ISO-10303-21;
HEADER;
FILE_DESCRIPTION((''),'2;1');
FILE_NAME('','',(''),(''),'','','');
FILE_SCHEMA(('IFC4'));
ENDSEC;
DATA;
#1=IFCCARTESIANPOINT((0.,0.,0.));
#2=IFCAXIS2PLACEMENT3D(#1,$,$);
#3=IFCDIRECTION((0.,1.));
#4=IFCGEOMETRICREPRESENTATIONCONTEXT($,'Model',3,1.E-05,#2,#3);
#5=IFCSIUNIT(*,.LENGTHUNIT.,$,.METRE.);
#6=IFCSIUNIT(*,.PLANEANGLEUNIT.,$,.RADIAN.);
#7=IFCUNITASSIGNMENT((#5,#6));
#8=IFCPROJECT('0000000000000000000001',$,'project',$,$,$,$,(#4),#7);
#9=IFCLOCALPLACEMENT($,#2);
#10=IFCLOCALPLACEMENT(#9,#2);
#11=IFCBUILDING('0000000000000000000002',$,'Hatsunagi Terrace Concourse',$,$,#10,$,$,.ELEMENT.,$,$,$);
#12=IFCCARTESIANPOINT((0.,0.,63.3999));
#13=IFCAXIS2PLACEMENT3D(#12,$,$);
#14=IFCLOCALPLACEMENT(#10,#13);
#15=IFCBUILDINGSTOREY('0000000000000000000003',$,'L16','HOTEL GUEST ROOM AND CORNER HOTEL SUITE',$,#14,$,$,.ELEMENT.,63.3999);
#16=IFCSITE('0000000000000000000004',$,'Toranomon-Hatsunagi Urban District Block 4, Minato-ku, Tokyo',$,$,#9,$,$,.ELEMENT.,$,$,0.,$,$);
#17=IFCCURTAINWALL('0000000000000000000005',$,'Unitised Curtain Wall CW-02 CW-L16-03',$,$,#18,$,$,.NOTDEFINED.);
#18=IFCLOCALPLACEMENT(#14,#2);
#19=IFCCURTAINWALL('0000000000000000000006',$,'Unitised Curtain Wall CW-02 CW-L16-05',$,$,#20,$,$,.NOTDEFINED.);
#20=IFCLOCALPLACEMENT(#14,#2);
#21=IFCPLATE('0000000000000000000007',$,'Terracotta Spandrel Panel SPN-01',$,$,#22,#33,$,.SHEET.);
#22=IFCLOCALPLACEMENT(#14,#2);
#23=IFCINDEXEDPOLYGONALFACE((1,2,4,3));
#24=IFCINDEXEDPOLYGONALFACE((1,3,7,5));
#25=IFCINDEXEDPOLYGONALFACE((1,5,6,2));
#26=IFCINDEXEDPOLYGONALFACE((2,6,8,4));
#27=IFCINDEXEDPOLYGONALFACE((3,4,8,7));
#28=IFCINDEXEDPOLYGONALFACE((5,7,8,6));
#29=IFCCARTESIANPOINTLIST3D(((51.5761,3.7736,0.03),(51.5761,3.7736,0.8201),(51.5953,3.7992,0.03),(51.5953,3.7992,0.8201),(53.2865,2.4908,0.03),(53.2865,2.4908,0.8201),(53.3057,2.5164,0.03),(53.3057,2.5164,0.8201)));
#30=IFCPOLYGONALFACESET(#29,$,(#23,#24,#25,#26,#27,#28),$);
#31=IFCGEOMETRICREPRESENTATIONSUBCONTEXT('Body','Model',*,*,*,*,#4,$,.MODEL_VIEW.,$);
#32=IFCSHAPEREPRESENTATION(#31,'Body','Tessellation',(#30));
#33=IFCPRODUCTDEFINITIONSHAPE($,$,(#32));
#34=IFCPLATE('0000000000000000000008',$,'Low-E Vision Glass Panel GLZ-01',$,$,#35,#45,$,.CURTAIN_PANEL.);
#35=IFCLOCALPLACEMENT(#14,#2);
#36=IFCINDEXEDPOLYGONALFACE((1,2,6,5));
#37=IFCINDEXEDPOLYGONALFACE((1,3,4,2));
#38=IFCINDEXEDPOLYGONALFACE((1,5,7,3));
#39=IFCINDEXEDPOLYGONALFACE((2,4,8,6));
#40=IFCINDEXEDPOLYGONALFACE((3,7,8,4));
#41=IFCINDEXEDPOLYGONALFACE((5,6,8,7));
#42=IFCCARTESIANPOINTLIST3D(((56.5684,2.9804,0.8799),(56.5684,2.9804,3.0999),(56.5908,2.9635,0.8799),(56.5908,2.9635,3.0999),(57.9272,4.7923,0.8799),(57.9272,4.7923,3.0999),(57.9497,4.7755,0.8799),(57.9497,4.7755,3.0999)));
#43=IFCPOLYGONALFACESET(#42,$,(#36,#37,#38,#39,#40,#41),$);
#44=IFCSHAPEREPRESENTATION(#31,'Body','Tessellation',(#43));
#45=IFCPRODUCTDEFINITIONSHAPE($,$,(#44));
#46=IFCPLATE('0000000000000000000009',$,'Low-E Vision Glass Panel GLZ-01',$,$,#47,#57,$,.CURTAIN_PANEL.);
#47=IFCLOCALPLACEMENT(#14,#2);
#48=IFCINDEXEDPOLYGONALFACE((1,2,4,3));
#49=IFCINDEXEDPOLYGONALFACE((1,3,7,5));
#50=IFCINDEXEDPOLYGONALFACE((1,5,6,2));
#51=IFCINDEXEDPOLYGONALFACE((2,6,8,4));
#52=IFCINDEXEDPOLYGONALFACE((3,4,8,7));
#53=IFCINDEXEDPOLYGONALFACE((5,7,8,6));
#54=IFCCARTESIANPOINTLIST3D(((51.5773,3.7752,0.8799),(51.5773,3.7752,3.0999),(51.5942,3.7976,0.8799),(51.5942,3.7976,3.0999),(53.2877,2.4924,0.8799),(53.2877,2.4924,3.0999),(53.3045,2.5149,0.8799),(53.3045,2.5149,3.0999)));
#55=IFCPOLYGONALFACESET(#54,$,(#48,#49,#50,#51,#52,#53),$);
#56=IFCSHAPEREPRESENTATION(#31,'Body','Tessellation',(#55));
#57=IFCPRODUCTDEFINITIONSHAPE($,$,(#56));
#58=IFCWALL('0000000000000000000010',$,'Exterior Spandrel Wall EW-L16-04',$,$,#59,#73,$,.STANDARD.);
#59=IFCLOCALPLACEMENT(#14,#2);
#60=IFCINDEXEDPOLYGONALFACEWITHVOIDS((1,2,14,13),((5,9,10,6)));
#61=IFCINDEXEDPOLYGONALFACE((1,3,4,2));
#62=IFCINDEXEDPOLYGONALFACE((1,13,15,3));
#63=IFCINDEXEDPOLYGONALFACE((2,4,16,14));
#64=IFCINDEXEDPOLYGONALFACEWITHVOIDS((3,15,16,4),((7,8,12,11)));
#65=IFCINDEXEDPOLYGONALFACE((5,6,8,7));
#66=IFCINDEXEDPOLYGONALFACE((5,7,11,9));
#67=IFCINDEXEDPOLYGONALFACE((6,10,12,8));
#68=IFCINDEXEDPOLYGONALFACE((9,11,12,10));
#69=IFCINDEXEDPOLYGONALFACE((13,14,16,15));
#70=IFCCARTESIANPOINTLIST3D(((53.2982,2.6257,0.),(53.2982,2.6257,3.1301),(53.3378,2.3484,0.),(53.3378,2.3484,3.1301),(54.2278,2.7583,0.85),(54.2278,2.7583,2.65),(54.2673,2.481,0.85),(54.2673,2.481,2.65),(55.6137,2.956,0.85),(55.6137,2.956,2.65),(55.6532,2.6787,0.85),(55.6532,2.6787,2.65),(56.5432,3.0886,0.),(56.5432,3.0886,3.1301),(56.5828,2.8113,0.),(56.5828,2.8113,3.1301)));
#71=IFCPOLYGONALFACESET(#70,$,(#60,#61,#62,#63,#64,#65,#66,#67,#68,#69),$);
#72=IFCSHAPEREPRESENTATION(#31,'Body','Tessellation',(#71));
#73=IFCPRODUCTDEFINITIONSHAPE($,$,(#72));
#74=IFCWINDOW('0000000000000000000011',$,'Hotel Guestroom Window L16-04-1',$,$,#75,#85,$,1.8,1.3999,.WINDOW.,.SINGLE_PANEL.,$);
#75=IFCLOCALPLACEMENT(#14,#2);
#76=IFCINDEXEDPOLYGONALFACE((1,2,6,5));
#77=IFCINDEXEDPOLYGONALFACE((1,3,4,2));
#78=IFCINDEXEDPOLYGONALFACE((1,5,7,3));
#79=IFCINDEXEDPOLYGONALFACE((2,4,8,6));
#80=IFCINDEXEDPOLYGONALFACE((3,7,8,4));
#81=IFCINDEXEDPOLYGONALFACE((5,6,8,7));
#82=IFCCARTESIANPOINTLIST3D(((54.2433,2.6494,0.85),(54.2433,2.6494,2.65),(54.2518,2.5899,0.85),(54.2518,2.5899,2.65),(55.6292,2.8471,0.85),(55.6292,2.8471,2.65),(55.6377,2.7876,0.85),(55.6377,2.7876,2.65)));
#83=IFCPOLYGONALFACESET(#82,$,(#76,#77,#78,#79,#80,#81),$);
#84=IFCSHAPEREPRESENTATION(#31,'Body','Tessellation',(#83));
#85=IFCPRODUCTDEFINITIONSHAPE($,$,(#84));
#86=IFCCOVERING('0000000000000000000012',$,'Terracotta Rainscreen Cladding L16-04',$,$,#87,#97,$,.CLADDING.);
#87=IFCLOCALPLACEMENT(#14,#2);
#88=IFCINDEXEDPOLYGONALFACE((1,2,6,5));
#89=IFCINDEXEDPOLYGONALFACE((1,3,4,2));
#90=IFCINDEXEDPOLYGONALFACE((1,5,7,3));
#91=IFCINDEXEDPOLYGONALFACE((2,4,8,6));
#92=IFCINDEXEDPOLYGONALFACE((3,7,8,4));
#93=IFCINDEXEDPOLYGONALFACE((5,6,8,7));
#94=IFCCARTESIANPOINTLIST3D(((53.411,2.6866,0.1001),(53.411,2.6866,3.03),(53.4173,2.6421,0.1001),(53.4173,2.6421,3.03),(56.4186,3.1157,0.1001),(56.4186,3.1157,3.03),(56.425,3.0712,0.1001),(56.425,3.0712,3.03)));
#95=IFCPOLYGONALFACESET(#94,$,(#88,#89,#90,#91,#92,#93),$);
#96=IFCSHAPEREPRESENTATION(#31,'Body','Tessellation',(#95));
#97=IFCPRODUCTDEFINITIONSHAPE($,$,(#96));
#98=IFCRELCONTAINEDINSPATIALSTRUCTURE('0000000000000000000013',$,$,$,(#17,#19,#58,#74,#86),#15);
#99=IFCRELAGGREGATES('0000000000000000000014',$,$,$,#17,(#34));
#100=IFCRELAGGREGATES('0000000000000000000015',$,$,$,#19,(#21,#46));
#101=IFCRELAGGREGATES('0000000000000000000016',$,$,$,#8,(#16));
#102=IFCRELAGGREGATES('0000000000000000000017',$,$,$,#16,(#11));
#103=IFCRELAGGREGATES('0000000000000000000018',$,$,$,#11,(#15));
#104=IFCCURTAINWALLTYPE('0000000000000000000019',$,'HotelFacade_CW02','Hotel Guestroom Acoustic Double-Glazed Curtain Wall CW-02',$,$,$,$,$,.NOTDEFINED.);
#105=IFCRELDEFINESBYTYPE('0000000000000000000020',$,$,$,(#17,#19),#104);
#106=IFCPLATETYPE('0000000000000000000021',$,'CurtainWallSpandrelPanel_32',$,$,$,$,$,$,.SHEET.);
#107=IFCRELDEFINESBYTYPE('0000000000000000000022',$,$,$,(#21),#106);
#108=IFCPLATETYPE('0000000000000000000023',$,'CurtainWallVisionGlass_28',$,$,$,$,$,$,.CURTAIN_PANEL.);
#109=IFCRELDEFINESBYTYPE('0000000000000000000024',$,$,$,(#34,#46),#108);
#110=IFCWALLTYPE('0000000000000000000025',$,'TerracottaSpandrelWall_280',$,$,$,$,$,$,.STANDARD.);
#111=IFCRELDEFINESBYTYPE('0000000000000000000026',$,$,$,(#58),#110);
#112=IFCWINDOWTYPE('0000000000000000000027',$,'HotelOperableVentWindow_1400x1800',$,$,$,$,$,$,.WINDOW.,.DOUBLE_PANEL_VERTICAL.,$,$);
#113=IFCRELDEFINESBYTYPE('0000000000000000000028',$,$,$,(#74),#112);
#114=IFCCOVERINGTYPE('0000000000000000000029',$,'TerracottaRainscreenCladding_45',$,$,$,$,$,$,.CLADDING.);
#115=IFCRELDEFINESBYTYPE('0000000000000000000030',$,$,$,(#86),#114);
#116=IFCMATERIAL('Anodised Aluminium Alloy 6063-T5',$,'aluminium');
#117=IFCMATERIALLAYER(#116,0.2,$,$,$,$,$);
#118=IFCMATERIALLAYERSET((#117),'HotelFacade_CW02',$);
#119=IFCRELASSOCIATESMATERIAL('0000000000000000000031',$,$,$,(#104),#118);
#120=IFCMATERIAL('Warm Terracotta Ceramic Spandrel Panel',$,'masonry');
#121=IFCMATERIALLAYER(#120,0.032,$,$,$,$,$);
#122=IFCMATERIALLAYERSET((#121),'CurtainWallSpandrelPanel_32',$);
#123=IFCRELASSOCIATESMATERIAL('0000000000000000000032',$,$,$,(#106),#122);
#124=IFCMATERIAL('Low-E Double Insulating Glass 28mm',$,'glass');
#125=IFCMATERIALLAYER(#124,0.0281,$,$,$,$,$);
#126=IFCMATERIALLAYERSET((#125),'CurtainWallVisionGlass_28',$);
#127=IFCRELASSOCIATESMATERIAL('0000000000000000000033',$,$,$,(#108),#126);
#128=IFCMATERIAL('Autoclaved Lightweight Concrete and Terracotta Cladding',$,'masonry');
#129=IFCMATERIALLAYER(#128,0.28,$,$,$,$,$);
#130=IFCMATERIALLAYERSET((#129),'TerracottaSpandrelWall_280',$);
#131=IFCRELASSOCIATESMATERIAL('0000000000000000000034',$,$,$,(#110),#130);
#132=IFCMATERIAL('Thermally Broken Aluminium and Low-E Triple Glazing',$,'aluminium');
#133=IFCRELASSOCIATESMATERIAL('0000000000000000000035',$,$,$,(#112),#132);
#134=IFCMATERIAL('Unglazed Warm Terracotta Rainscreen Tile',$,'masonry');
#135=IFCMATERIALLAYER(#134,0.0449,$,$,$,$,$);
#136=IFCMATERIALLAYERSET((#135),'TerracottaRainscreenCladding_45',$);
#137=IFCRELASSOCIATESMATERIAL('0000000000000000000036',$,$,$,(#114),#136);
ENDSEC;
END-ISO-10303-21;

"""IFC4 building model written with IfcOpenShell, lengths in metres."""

from ifc_helpers import new_model, si_unit, direction, frame, frame_2d, origin, origin_2d, place, context, subcontext, project, spatial, rectangle, extrude, material, layer, layer_set, type_object, element, fill, aggregate, save


model = new_model("IFC4")

# Units and contexts
model_context = context("Model", 3, precision=1e-05, world=origin(), true_north=direction((0.0, 1.0)))
body_context = subcontext(model_context, "Body", "Model", "MODEL_VIEW")
ifc_project = project(units=[si_unit("LENGTHUNIT", "METRE"), si_unit("PLANEANGLEUNIT", "RADIAN")], contexts=[model_context])

# Site, building, storey
site_placement = place(None, origin())
site = spatial("IfcSite", under=ifc_project, at=site_placement, Name="Toranomon-Hatsunagi Urban District Block 4, Minato-ku, Tokyo", CompositionType="ELEMENT", RefElevation=0.0)
building_placement = place(site_placement, origin())
building = spatial("IfcBuilding", under=site, at=building_placement, Name="Hatsunagi Terrace Concourse", CompositionType="ELEMENT")
storey_placement = place(building_placement, frame((0.0, 0.0, 63.3999)))
storey = spatial("IfcBuildingStorey", under=building, at=storey_placement, Name="L16", Description="HOTEL GUEST ROOM AND CORNER HOTEL SUITE", CompositionType="ELEMENT", Elevation=63.3999)

# Curtain wall
ifc_material_1 = material(Name="Anodised Aluminium Alloy 6063-T5", Category="aluminium")
ifc_layer_1 = layer(ifc_material_1, 0.2)
ifc_layer_set_1 = layer_set([ifc_layer_1], Name="HotelFacade_CW02")
curtain_wall_type = type_object("IfcCurtainWallType", Name="HotelFacade_CW02", Description="Hotel Guestroom Acoustic Double-Glazed Curtain Wall CW-02", PredefinedType="NOTDEFINED", material=ifc_layer_set_1)
curtain_wall_1_placement = place(storey_placement, origin())
curtain_wall_1 = element("IfcCurtainWall", 1, at=curtain_wall_1_placement, inside=storey, type_object=curtain_wall_type, Name="Unitised Curtain Wall CW-02 CW-L16-03", PredefinedType="NOTDEFINED")

# Curtain wall
curtain_wall_2_placement = place(storey_placement, origin())
curtain_wall_2 = element("IfcCurtainWall", 2, at=curtain_wall_2_placement, inside=storey, type_object=curtain_wall_type, Name="Unitised Curtain Wall CW-02 CW-L16-05", PredefinedType="NOTDEFINED")

# Plates
ifc_material_2 = material(Name="Warm Terracotta Ceramic Spandrel Panel", Category="masonry")
ifc_layer_2 = layer(ifc_material_2, 0.032)
ifc_layer_set_2 = layer_set([ifc_layer_2], Name="CurtainWallSpandrelPanel_32")
plate_type_1 = type_object("IfcPlateType", Name="CurtainWallSpandrelPanel_32", PredefinedType="SHEET", material=ifc_layer_set_2)
plate_1_placement = place(storey_placement, frame((52.4409, 3.145, 0.03), z_axis=(0.0, 0.0, 1.0), x_axis=(-0.800003, 0.599996, 0.0)))
plate_1 = element("IfcPlate", 3, at=plate_1_placement, type_object=plate_type_1, Name="Terracotta Spandrel Panel SPN-01", PredefinedType="SHEET", context=body_context, shape_type="SweptSolid", body=[
    extrude(rectangle(XDim=2.1379, YDim=0.032, at=origin_2d()), origin(), (0.0, 0.0, 1.0), 0.79),
])
ifc_material_3 = material(Name="Low-E Double Insulating Glass 28mm", Category="glass")
ifc_layer_3 = layer(ifc_material_3, 0.0281)
ifc_layer_set_3 = layer_set([ifc_layer_3], Name="CurtainWallVisionGlass_28")
plate_type_2 = type_object("IfcPlateType", Name="CurtainWallVisionGlass_28", PredefinedType="CURTAIN_PANEL", material=ifc_layer_set_3)
plate_2_placement = place(storey_placement, frame((57.259, 3.8779, 0.8799), z_axis=(0.0, 0.0, 1.0), x_axis=(-0.599969, -0.800023, 0.0)))
plate_2 = element("IfcPlate", 4, at=plate_2_placement, type_object=plate_type_2, Name="Low-E Vision Glass Panel GLZ-01", PredefinedType="CURTAIN_PANEL", context=body_context, shape_type="SweptSolid", body=[
    extrude(rectangle(XDim=2.2649, YDim=0.0281, at=origin_2d()), origin(), (0.0, 0.0, 1.0), 2.22),
])
aggregate(curtain_wall_1, [plate_2])
plate_3_placement = place(storey_placement, frame((52.4409, 3.145, 0.8799), z_axis=(0.0, 0.0, 1.0), x_axis=(-0.800003, 0.599996, 0.0)))
plate_3 = element("IfcPlate", 5, at=plate_3_placement, type_object=plate_type_2, Name="Low-E Vision Glass Panel GLZ-01", PredefinedType="CURTAIN_PANEL", context=body_context, shape_type="SweptSolid", body=[
    extrude(rectangle(XDim=2.1379, YDim=0.0281, at=origin_2d()), origin(), (0.0, 0.0, 1.0), 2.22),
])
aggregate(curtain_wall_2, [plate_1, plate_3])

# Wall, opening, window
ifc_material_4 = material(Name="Autoclaved Lightweight Concrete and Terracotta Cladding", Category="masonry")
ifc_layer_4 = layer(ifc_material_4, 0.28)
ifc_layer_set_4 = layer_set([ifc_layer_4], Name="TerracottaSpandrelWall_280")
wall_type = type_object("IfcWallType", Name="TerracottaSpandrelWall_280", PredefinedType="STANDARD", material=ifc_layer_set_4)
wall_placement = place(storey_placement, frame((56.563, 2.95, 0.0), z_axis=(0.0, 0.0, 1.0), x_axis=(-0.989978, -0.141223, 0.0)))
wall = element("IfcWall", 6, at=wall_placement, inside=storey, type_object=wall_type, Name="Exterior Spandrel Wall EW-L16-04", PredefinedType="STANDARD", context=body_context, shape_type="SweptSolid", body=[
    extrude(rectangle(XDim=3.2778, YDim=0.28, at=frame_2d((1.6389, 0.0))), origin(), (0.0, 0.0, 1.0), 3.1301),
])
opening_placement = place(wall_placement, frame((0.939, 0.0, 0.8501)))
opening = element("IfcOpeningElement", 7, at=opening_placement, cuts=wall, PredefinedType="OPENING", context=body_context, shape_type="SweptSolid", body=[
    extrude(rectangle(XDim=1.3999, YDim=1.8, at=frame_2d((0.7, 0.8999))), frame((0.0, 0.1499, 0.0), z_axis=(0.0, -1.0, 0.0), x_axis=(1.0, 0.0, 0.0)), (0.0, 0.0, 1.0), 0.3),
])
ifc_material_5 = material(Name="Thermally Broken Aluminium and Low-E Triple Glazing", Category="aluminium")
window_type = type_object("IfcWindowType", Name="HotelOperableVentWindow_1400x1800", PartitioningType="DOUBLE_PANEL_VERTICAL", PredefinedType="WINDOW", material=ifc_material_5)
window_placement = place(opening_placement, origin())
window = element("IfcWindow", 8, at=window_placement, inside=storey, type_object=window_type, Name="Hotel Guestroom Window L16-04-1", OverallHeight=1.8, OverallWidth=1.3999, PartitioningType="SINGLE_PANEL", PredefinedType="WINDOW", context=body_context, shape_type="SweptSolid", body=[
    extrude(rectangle(XDim=1.3999, YDim=1.8, at=frame_2d((0.7, 0.8999))), frame((0.0, 0.03, 0.0), z_axis=(0.0, -1.0, 0.0), x_axis=(1.0, 0.0, 0.0)), (0.0, 0.0, 1.0), 0.0601),
])
fill(opening, window)

# Covering
ifc_material_6 = material(Name="Unglazed Warm Terracotta Rainscreen Tile", Category="masonry")
ifc_layer_5 = layer(ifc_material_6, 0.0449)
ifc_layer_set_5 = layer_set([ifc_layer_5], Name="TerracottaRainscreenCladding_45")
covering_type = type_object("IfcCoveringType", Name="TerracottaRainscreenCladding_45", PredefinedType="CLADDING", material=ifc_layer_set_5)
covering_placement = place(storey_placement, frame((54.918, 2.8789, 0.1001), z_axis=(0.0, 0.0, 1.0), x_axis=(-0.989974, -0.14125, 0.0)))
element("IfcCovering", 9, at=covering_placement, inside=storey, type_object=covering_type, Name="Terracotta Rainscreen Cladding L16-04", PredefinedType="CLADDING", context=body_context, shape_type="SweptSolid", body=[
    extrude(rectangle(XDim=3.0381, YDim=0.0449, at=origin_2d()), origin(), (0.0, 0.0, 1.0), 2.9299),
])

save(model, "model.ifc")
